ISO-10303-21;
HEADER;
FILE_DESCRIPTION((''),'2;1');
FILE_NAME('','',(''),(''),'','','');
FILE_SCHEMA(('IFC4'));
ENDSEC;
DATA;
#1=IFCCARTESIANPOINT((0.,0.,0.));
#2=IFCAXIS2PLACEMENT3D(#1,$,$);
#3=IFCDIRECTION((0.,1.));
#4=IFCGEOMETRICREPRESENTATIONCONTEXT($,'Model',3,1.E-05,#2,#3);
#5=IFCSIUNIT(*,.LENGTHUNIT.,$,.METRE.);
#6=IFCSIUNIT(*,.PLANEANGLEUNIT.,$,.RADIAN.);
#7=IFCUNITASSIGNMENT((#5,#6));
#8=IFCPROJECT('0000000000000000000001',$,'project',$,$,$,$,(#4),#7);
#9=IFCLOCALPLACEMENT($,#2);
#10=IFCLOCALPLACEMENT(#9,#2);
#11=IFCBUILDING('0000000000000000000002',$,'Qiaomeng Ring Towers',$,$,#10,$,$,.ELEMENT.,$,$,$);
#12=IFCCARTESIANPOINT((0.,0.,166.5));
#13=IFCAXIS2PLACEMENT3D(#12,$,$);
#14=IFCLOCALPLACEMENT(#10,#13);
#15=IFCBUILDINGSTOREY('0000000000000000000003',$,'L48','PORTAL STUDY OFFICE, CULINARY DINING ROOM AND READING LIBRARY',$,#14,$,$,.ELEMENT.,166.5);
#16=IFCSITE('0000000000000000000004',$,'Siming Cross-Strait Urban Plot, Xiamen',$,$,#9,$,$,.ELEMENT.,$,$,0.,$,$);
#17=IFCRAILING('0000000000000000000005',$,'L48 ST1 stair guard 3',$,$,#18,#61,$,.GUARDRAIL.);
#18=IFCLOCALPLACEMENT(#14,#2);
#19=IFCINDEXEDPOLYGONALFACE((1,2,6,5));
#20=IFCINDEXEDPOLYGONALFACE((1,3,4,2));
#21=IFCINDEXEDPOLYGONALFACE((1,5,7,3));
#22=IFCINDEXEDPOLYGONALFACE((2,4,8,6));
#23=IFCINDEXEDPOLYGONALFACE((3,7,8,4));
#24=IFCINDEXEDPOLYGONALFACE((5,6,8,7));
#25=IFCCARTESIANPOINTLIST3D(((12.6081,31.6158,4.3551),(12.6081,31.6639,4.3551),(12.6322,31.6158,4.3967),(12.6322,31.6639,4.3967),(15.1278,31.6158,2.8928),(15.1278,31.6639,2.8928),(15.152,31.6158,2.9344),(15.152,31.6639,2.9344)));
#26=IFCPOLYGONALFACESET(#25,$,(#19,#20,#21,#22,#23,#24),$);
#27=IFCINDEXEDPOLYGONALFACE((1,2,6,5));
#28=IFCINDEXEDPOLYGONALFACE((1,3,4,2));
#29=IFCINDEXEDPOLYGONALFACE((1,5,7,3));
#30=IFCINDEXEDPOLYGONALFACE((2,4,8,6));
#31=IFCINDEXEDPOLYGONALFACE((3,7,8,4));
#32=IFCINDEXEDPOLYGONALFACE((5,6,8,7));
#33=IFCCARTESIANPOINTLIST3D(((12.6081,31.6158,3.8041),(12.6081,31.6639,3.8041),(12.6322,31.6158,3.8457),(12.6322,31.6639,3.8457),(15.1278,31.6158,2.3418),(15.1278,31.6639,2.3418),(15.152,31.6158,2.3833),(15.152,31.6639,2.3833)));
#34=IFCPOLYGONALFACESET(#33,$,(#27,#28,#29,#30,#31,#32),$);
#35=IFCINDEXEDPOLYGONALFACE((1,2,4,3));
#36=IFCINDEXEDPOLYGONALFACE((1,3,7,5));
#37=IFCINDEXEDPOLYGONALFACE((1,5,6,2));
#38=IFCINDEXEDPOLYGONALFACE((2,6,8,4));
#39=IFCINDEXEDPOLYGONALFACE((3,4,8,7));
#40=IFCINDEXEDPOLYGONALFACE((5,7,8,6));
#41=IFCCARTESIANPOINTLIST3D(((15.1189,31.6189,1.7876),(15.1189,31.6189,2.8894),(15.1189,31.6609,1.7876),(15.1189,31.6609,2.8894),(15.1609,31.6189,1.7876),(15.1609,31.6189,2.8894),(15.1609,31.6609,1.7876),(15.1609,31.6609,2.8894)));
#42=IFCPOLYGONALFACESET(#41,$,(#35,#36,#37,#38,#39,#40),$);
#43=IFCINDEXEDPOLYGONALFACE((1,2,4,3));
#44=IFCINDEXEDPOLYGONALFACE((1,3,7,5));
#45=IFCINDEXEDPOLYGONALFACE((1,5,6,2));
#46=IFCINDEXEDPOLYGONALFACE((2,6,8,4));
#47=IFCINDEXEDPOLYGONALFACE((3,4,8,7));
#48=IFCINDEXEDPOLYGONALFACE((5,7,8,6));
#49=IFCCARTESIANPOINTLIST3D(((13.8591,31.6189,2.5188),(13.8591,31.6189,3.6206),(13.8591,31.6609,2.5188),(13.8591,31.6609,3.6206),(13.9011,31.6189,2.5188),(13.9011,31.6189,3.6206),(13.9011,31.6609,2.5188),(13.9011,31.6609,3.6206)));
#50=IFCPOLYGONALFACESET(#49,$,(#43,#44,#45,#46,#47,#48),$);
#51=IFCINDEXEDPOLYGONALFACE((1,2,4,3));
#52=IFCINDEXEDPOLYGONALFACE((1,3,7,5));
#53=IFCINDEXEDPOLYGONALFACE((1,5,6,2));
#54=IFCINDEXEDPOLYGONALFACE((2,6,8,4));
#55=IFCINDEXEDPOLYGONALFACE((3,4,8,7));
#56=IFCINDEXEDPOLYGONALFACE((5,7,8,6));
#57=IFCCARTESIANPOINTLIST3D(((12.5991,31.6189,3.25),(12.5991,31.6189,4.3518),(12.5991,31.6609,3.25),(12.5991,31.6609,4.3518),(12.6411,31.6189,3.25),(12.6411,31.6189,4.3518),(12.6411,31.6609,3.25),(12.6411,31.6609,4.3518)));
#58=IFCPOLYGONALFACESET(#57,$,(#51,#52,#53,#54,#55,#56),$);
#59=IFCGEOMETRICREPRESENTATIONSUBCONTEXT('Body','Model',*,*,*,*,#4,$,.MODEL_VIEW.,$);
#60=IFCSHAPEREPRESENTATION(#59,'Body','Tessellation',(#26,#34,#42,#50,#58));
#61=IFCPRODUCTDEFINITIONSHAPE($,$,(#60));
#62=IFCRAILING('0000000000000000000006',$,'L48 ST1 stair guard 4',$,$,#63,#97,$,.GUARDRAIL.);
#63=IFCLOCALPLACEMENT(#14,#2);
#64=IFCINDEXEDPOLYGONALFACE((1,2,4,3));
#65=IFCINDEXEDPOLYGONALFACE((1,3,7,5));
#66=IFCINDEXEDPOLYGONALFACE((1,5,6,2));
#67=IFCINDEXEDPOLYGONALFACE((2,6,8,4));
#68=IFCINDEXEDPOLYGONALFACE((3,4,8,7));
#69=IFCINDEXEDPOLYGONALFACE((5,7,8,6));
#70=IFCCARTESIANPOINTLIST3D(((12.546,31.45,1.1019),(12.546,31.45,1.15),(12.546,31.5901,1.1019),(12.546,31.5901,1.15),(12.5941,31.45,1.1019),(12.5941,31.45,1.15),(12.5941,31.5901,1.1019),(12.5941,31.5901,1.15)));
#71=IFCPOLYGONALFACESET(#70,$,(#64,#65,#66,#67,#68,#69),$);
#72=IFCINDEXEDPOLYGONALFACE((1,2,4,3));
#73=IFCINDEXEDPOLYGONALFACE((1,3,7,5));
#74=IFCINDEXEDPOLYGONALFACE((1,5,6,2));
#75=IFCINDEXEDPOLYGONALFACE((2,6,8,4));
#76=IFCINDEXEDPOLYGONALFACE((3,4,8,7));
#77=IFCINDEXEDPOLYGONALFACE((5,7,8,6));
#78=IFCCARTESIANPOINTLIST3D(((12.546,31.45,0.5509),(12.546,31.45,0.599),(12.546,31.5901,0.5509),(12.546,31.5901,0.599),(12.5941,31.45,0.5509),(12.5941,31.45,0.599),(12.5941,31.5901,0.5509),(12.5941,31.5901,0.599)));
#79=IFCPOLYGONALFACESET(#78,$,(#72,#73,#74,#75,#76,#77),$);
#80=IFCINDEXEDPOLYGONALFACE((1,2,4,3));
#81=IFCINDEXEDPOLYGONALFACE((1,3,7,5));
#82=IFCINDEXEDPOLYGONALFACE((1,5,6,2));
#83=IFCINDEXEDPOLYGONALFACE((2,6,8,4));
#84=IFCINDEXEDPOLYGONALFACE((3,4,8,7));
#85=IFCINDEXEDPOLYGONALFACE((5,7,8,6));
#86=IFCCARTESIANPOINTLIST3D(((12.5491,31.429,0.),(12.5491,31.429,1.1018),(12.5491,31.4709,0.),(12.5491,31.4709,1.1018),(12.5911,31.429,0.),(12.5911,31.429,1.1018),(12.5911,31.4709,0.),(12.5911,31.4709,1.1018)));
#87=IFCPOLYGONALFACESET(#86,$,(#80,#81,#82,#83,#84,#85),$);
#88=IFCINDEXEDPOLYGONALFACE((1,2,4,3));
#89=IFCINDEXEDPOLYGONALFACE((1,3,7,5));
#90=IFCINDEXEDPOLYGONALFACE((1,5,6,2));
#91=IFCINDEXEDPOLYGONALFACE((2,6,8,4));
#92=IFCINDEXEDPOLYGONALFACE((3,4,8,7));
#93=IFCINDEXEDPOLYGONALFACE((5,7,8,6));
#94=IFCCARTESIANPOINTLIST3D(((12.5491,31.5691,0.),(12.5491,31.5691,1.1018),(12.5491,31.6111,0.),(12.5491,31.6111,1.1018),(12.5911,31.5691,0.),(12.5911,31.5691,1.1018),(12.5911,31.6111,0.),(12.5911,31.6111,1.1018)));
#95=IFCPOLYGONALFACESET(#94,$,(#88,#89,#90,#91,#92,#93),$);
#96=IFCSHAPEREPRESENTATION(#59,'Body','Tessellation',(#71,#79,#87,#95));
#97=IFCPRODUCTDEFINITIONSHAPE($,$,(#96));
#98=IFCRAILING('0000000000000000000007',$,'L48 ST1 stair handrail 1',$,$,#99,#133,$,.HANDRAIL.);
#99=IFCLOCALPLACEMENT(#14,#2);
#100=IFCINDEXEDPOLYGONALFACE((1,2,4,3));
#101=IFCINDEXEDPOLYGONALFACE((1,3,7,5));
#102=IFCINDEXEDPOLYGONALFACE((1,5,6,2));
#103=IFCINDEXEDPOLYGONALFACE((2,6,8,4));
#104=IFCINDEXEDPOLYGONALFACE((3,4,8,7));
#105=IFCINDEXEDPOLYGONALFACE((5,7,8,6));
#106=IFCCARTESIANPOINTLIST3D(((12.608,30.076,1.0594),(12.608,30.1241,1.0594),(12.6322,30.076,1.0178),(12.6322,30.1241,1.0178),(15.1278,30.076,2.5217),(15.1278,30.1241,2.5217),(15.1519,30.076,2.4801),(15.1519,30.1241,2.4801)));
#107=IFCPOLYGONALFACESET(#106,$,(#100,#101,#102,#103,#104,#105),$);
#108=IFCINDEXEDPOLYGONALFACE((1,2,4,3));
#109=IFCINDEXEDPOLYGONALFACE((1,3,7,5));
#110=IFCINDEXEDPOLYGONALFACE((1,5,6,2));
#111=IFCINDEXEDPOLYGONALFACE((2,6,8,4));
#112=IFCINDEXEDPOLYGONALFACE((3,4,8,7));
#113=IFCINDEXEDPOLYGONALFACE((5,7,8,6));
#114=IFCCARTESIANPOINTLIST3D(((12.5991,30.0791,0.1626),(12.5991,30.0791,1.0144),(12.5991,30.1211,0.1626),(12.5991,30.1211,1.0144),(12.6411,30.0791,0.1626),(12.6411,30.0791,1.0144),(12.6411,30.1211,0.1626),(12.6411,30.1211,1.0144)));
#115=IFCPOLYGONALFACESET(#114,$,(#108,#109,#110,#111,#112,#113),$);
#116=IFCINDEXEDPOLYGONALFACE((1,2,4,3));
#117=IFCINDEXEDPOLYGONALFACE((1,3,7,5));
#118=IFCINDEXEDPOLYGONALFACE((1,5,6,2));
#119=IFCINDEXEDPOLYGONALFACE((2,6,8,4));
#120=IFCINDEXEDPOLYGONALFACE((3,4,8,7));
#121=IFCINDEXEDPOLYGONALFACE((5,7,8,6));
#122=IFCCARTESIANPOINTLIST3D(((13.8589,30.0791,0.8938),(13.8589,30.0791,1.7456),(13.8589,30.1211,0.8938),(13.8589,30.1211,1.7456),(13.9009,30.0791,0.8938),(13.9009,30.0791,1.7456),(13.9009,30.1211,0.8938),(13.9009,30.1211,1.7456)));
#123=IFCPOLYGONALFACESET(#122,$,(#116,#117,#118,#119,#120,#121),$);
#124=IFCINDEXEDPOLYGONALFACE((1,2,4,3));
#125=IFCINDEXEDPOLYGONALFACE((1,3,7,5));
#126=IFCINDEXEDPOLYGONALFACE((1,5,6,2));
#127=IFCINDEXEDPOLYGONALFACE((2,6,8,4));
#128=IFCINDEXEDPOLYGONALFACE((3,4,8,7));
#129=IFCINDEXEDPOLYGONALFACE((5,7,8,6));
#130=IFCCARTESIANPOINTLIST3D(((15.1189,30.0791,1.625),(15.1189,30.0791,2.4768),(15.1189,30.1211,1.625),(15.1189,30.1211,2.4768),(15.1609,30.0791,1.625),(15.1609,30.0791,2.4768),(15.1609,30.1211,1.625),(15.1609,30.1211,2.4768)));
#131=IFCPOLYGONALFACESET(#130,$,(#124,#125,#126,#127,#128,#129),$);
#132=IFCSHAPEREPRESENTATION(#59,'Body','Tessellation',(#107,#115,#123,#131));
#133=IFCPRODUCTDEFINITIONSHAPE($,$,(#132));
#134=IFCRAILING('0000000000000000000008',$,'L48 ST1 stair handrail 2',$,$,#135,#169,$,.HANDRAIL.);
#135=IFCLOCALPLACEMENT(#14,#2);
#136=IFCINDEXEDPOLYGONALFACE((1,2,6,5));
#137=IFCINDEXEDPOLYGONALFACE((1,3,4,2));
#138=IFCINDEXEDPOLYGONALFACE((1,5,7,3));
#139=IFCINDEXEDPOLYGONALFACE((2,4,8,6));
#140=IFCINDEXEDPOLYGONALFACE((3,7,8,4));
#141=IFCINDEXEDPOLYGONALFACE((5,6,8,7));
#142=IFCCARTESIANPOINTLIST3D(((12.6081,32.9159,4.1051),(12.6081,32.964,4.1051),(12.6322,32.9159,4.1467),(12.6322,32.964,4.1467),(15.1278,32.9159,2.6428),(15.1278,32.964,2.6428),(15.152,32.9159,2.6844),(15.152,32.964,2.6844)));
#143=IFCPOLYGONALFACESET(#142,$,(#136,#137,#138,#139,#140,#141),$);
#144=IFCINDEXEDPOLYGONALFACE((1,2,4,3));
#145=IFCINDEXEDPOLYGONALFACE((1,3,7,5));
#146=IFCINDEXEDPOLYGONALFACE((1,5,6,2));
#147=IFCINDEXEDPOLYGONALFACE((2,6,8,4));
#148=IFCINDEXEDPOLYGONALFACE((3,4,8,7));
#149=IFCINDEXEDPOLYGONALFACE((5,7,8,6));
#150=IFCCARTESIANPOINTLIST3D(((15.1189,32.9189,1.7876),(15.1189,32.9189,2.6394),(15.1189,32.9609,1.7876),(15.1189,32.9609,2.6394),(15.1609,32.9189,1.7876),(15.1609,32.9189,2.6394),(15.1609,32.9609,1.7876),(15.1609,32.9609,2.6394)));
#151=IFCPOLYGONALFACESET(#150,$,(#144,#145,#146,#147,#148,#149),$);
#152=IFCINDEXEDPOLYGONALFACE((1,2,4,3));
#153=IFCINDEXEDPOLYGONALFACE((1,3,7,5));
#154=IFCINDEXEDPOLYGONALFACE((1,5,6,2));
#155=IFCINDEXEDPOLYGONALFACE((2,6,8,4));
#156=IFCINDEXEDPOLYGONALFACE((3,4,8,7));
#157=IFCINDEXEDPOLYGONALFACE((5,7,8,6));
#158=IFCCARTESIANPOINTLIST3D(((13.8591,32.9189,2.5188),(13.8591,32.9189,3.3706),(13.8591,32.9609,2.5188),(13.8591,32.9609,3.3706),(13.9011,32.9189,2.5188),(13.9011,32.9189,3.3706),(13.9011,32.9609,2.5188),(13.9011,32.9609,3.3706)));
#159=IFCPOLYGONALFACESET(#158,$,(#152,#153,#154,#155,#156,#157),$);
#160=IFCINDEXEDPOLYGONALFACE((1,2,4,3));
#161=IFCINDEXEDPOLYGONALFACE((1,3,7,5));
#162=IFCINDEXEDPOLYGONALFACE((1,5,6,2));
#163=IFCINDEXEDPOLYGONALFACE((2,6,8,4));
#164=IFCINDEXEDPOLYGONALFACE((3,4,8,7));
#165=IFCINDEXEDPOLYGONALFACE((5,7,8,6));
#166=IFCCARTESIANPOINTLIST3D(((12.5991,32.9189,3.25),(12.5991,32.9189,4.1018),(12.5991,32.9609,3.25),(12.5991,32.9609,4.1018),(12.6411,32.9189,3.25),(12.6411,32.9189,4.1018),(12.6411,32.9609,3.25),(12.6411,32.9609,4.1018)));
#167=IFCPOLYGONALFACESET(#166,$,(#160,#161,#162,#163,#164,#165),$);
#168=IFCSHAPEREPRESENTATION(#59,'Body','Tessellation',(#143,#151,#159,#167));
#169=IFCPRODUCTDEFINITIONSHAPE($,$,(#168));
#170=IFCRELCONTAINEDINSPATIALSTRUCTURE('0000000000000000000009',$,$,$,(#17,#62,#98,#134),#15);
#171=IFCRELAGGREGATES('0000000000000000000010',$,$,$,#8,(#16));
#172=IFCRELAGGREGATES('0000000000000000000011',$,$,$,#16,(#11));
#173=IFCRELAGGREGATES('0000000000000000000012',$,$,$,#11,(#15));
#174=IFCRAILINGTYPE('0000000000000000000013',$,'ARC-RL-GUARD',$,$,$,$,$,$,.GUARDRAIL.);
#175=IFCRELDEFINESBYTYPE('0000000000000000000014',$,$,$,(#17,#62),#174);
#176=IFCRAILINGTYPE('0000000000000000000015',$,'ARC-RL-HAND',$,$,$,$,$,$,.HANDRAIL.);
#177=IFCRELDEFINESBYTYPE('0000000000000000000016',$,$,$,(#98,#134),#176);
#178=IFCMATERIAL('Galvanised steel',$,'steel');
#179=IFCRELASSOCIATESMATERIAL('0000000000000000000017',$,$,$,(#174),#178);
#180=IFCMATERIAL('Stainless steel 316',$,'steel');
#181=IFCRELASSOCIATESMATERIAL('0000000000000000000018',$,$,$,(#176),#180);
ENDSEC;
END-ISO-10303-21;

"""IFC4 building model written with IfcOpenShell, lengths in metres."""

from ifc_helpers import new_model, si_unit, direction, frame, origin, origin_2d, place, context, subcontext, project, spatial, rectangle, extrude, material, type_object, element, save


model = new_model("IFC4")

# Units and contexts
model_context = context("Model", 3, precision=1e-05, world=origin(), true_north=direction((0.0, 1.0)))
body_context = subcontext(model_context, "Body", "Model", "MODEL_VIEW")
ifc_project = project(units=[si_unit("LENGTHUNIT", "METRE"), si_unit("PLANEANGLEUNIT", "RADIAN")], contexts=[model_context])

# Site, building, storey
site_placement = place(None, origin())
site = spatial("IfcSite", under=ifc_project, at=site_placement, Name="Siming Cross-Strait Urban Plot, Xiamen", CompositionType="ELEMENT", RefElevation=0.0)
building_placement = place(site_placement, origin())
building = spatial("IfcBuilding", under=site, at=building_placement, Name="Qiaomeng Ring Towers", CompositionType="ELEMENT")
storey_placement = place(building_placement, frame((0.0, 0.0, 166.5)))
storey = spatial("IfcBuildingStorey", under=building, at=storey_placement, Name="L48", Description="PORTAL STUDY OFFICE, CULINARY DINING ROOM AND READING LIBRARY", CompositionType="ELEMENT", Elevation=166.5)

# Shared definitions
ifc_material_1 = material(Name="Galvanised steel", Category="steel")

# Railings
railing_type_1 = type_object("IfcRailingType", Name="ARC-RL-GUARD", PredefinedType="GUARDRAIL", material=ifc_material_1)
railing_1_placement = place(storey_placement, frame((15.1399, 31.6399, 1.7876)))
element("IfcRailing", 1, at=railing_1_placement, inside=storey, type_object=railing_type_1, Name="L48 ST1 stair guard 3", PredefinedType="GUARDRAIL", context=body_context, shape_type="SweptSolid", body=[
    extrude(rectangle(XDim=0.0481, YDim=0.0481, at=origin_2d()), frame((0.0, 0.0, 1.126), z_axis=(-0.864892, 0.0, 0.501958), x_axis=(0.0, -1.0, 0.0)), (0.0, 0.0, 1.0), 2.9133),
    extrude(rectangle(XDim=0.0481, YDim=0.0481, at=origin_2d()), frame((0.0, 0.0, 0.575), z_axis=(-0.864892, 0.0, 0.501958), x_axis=(0.0, -1.0, 0.0)), (0.0, 0.0, 1.0), 2.9133),
    extrude(rectangle(XDim=0.042, YDim=0.042, at=origin_2d()), origin(), (0.0, 0.0, 1.0), 1.1018),
    extrude(rectangle(XDim=0.042, YDim=0.042, at=origin_2d()), frame((-1.2598, 0.0, 0.7312)), (0.0, 0.0, 1.0), 1.1018),
    extrude(rectangle(XDim=0.042, YDim=0.042, at=origin_2d()), frame((-2.5198, 0.0, 1.4624)), (0.0, 0.0, 1.0), 1.1018),
])
railing_2_placement = place(storey_placement, frame((12.5701, 31.45, 0.0)))
element("IfcRailing", 2, at=railing_2_placement, inside=storey, type_object=railing_type_1, Name="L48 ST1 stair guard 4", PredefinedType="GUARDRAIL", context=body_context, shape_type="SweptSolid", body=[
    extrude(rectangle(XDim=0.0481, YDim=0.0481, at=origin_2d()), frame((0.0, 0.0, 1.126), z_axis=(0.0, 1.0, 0.0), x_axis=(-1.0, 0.0, 0.0)), (0.0, 0.0, 1.0), 0.1401),
    extrude(rectangle(XDim=0.0481, YDim=0.0481, at=origin_2d()), frame((0.0, 0.0, 0.575), z_axis=(0.0, 1.0, 0.0), x_axis=(-1.0, 0.0, 0.0)), (0.0, 0.0, 1.0), 0.1401),
    extrude(rectangle(XDim=0.042, YDim=0.042, at=origin_2d()), origin(), (0.0, 0.0, 1.0), 1.1018),
    extrude(rectangle(XDim=0.042, YDim=0.042, at=origin_2d()), frame((0.0, 0.1401, 0.0)), (0.0, 0.0, 1.0), 1.1018),
])
ifc_material_2 = material(Name="Stainless steel 316", Category="steel")
railing_type_2 = type_object("IfcRailingType", Name="ARC-RL-HAND", PredefinedType="HANDRAIL", material=ifc_material_2)
railing_3_placement = place(storey_placement, frame((12.6201, 30.1001, 0.1626)))
element("IfcRailing", 3, at=railing_3_placement, inside=storey, type_object=railing_type_2, Name="L48 ST1 stair handrail 1", PredefinedType="HANDRAIL", context=body_context, shape_type="SweptSolid", body=[
    extrude(rectangle(XDim=0.0481, YDim=0.0481, at=origin_2d()), frame((0.0, 0.0, 0.876), z_axis=(0.864892, 0.0, 0.501958), x_axis=(0.0, 1.0, 0.0)), (0.0, 0.0, 1.0), 2.9133),
    extrude(rectangle(XDim=0.042, YDim=0.042, at=origin_2d()), origin(), (0.0, 0.0, 1.0), 0.8518),
    extrude(rectangle(XDim=0.042, YDim=0.042, at=origin_2d()), frame((1.2598, 0.0, 0.7312)), (0.0, 0.0, 1.0), 0.8518),
    extrude(rectangle(XDim=0.042, YDim=0.042, at=origin_2d()), frame((2.5198, 0.0, 1.4624)), (0.0, 0.0, 1.0), 0.8518),
])
railing_4_placement = place(storey_placement, frame((15.1399, 32.9399, 1.7876)))
element("IfcRailing", 4, at=railing_4_placement, inside=storey, type_object=railing_type_2, Name="L48 ST1 stair handrail 2", PredefinedType="HANDRAIL", context=body_context, shape_type="SweptSolid", body=[
    extrude(rectangle(XDim=0.0481, YDim=0.0481, at=origin_2d()), frame((0.0, 0.0, 0.876), z_axis=(-0.864892, 0.0, 0.501958), x_axis=(0.0, -1.0, 0.0)), (0.0, 0.0, 1.0), 2.9133),
    extrude(rectangle(XDim=0.042, YDim=0.042, at=origin_2d()), origin(), (0.0, 0.0, 1.0), 0.8518),
    extrude(rectangle(XDim=0.042, YDim=0.042, at=origin_2d()), frame((-1.2598, 0.0, 0.7312)), (0.0, 0.0, 1.0), 0.8518),
    extrude(rectangle(XDim=0.042, YDim=0.042, at=origin_2d()), frame((-2.5198, 0.0, 1.4624)), (0.0, 0.0, 1.0), 0.8518),
])

save(model, "model.ifc")
